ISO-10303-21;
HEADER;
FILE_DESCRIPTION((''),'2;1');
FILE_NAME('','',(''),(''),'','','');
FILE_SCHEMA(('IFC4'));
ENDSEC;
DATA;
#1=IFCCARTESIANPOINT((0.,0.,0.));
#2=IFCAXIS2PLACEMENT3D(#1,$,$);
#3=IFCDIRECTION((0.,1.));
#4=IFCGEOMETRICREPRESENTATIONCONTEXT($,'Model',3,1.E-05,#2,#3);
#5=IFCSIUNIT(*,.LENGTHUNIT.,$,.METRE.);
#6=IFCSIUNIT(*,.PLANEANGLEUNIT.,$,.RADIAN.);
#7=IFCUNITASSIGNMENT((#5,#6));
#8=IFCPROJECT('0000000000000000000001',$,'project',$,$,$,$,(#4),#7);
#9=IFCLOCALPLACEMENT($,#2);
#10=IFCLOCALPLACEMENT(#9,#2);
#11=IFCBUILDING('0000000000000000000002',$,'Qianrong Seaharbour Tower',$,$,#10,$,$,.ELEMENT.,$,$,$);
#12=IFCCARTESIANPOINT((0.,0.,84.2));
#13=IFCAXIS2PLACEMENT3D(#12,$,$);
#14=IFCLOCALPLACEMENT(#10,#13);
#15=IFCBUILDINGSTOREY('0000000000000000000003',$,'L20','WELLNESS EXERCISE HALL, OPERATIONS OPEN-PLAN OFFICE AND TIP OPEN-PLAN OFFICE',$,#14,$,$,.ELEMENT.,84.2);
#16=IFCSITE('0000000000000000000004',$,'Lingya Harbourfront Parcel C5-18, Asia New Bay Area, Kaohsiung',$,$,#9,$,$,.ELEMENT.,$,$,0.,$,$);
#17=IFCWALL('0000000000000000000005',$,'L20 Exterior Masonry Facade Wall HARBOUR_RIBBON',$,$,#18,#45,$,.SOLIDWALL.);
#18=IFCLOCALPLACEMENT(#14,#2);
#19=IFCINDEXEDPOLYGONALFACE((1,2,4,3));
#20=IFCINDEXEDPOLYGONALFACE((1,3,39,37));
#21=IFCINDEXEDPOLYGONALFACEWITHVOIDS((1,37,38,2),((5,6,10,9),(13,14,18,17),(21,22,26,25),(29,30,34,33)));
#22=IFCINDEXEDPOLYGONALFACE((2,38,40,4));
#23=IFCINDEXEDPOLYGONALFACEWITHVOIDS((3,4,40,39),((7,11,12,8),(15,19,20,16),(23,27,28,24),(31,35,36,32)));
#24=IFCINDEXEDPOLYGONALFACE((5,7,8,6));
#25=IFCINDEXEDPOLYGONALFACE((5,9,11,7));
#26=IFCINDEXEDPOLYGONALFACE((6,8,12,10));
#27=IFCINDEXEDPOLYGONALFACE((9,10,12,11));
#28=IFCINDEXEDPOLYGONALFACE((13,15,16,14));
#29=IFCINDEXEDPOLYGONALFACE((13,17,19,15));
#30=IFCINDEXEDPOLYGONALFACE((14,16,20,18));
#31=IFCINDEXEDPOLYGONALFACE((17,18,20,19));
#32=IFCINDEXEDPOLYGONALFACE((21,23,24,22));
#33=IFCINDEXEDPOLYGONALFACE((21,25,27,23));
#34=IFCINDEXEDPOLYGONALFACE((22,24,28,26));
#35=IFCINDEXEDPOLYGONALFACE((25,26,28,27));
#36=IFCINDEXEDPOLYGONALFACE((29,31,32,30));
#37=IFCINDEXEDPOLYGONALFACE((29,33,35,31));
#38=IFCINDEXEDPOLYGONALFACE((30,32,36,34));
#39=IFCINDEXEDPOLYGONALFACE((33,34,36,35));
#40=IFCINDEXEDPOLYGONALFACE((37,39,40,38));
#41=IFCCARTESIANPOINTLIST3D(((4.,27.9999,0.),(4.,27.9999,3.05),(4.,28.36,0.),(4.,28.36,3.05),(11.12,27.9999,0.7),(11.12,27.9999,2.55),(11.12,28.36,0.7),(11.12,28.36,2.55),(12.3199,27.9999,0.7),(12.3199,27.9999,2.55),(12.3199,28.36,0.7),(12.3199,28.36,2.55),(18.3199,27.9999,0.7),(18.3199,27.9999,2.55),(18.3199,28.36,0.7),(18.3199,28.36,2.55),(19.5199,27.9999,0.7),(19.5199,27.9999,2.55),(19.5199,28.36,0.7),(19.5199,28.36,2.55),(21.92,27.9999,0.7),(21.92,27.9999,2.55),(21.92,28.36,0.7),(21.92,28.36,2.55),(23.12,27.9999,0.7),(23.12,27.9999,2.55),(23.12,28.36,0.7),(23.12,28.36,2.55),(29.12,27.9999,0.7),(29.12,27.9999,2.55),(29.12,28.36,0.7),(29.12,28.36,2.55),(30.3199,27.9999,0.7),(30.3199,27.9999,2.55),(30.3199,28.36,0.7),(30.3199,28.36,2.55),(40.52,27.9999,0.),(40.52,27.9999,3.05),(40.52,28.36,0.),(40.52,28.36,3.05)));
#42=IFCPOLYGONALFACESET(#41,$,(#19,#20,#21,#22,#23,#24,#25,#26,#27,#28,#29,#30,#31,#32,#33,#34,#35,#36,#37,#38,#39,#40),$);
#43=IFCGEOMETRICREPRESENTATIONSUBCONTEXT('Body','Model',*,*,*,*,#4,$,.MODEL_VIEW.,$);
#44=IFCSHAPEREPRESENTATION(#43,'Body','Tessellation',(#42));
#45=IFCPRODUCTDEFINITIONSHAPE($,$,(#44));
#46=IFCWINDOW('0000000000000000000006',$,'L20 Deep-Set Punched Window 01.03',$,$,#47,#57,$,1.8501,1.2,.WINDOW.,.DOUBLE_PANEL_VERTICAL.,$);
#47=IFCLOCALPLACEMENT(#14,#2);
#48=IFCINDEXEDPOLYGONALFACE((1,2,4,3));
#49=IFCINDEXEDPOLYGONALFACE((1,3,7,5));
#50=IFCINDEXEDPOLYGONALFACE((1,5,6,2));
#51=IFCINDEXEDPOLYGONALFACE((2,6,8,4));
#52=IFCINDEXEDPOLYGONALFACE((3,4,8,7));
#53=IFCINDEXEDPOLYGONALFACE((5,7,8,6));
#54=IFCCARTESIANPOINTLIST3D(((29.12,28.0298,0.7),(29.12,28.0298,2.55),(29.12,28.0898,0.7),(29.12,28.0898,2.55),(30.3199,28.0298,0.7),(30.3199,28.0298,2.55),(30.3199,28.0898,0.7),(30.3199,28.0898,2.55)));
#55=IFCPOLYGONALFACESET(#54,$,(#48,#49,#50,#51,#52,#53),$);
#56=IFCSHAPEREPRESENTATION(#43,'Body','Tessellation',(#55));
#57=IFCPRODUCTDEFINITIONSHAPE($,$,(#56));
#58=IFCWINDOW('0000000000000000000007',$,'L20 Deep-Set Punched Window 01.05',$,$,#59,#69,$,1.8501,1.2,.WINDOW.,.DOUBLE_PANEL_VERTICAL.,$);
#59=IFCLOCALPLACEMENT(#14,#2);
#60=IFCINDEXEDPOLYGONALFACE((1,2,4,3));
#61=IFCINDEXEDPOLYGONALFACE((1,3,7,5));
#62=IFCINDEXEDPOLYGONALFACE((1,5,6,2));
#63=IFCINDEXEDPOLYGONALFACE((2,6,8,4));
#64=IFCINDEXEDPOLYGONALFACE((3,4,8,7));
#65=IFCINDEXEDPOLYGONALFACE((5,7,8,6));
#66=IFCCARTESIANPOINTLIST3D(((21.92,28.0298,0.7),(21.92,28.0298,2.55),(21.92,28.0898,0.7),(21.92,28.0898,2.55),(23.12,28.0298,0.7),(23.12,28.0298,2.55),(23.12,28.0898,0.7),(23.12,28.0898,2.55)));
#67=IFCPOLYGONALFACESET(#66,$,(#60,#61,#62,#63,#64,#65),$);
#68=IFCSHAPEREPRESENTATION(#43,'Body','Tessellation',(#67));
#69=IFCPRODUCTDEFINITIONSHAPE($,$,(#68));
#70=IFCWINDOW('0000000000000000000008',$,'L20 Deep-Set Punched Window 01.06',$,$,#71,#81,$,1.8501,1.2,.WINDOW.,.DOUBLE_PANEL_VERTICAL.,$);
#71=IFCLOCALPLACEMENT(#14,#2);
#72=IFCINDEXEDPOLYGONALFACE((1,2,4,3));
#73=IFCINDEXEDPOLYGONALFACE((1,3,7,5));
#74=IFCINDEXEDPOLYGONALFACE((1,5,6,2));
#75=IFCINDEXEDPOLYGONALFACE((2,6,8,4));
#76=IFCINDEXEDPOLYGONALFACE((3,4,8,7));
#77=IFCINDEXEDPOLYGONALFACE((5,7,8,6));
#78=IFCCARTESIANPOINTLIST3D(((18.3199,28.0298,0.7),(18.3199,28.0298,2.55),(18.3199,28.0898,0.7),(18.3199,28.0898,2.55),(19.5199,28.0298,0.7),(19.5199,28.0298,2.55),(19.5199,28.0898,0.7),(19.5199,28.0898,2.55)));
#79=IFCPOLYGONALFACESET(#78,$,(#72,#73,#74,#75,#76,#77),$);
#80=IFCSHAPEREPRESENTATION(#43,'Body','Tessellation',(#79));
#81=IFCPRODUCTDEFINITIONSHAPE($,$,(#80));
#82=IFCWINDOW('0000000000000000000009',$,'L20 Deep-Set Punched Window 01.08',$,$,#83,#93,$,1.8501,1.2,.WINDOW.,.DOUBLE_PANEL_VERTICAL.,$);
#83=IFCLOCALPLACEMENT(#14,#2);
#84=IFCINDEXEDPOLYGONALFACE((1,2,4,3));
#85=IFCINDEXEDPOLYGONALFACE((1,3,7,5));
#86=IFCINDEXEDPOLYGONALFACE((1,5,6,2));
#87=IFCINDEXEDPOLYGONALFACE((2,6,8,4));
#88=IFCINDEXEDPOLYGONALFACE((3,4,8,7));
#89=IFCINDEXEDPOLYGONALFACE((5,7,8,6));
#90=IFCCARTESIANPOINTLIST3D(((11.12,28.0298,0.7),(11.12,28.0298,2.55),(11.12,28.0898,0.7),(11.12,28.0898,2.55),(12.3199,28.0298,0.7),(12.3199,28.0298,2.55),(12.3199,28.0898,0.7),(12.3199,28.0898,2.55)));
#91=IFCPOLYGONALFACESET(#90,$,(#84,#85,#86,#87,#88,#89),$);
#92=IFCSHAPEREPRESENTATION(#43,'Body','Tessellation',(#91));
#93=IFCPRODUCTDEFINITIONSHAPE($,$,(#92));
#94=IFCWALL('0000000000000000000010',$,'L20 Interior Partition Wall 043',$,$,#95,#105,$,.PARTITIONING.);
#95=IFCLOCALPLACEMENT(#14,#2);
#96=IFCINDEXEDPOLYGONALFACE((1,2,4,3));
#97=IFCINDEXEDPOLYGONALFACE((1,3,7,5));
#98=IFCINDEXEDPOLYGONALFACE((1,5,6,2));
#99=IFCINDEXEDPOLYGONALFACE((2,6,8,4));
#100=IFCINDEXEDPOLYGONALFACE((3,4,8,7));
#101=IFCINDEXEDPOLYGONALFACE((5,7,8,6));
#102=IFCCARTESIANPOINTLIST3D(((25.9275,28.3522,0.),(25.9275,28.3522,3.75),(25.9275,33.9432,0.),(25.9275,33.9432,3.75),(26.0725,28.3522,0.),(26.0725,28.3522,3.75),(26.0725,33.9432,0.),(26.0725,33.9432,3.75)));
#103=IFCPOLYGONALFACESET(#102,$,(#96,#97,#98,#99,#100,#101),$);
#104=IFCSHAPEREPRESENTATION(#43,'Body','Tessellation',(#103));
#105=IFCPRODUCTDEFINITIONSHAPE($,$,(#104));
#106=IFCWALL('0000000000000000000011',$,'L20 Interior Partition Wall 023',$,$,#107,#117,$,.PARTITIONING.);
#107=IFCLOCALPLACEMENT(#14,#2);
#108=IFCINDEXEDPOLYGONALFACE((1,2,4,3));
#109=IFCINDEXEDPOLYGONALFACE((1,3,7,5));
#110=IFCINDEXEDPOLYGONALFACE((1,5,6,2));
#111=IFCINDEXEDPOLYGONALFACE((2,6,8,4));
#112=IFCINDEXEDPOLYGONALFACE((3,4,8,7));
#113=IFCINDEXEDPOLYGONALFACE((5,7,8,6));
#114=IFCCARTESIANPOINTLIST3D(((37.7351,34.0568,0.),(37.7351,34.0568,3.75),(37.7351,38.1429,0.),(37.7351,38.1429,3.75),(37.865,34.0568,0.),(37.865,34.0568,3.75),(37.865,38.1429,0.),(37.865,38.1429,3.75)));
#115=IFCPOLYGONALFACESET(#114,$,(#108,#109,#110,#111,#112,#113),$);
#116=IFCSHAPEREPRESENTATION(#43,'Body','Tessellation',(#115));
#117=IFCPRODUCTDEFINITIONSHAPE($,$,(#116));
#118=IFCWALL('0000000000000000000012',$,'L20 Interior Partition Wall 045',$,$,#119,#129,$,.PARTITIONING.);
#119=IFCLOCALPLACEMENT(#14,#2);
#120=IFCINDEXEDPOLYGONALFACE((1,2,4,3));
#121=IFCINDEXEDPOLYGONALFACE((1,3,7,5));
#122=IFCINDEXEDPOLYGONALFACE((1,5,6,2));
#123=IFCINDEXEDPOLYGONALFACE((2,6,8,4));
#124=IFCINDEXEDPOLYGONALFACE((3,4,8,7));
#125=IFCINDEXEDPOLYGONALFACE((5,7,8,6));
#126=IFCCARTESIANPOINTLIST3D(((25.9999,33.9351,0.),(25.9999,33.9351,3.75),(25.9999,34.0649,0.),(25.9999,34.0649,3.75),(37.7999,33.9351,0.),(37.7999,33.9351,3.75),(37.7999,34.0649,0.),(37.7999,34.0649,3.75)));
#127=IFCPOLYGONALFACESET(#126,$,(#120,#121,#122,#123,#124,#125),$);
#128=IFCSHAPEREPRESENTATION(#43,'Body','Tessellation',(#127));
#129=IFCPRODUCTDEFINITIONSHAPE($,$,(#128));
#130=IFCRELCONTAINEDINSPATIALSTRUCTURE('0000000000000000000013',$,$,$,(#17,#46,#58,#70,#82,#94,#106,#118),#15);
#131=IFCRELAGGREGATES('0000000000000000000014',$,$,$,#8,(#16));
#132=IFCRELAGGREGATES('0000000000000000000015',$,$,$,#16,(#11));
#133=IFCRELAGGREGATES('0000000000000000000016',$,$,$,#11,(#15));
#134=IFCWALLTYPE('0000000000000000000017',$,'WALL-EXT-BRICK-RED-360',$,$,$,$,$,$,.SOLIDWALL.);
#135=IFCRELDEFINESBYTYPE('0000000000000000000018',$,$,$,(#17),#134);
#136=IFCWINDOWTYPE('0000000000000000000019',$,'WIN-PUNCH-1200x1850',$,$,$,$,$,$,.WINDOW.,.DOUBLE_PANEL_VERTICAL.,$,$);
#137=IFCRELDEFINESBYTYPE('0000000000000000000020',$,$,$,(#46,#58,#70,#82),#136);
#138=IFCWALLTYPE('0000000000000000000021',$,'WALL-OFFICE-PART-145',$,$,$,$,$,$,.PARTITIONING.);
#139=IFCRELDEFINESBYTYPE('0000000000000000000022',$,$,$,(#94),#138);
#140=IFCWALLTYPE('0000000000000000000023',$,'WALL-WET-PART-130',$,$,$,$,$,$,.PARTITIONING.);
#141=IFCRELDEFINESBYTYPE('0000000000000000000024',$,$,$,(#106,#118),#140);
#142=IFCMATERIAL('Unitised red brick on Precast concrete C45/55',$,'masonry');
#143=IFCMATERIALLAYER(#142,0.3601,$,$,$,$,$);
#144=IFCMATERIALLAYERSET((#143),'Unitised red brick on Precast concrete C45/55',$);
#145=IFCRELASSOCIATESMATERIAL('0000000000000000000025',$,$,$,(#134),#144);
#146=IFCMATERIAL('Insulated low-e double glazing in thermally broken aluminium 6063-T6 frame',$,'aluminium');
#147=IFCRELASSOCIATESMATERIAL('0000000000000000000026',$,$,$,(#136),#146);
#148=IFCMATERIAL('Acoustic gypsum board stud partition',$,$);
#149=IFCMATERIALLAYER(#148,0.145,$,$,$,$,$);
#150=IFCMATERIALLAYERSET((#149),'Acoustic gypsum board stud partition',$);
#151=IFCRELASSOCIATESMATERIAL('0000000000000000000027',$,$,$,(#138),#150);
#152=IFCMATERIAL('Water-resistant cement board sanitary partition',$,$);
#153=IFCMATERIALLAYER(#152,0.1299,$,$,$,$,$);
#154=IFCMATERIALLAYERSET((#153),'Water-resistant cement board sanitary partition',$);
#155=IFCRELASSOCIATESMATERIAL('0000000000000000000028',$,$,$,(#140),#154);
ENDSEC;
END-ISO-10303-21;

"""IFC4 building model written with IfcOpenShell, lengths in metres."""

from ifc_helpers import new_model, si_unit, direction, frame, frame_2d, origin, place, context, subcontext, project, spatial, rectangle, extrude, material, layer, layer_set, type_object, element, fill, save


model = new_model("IFC4")

# Units and contexts
model_context = context("Model", 3, precision=1e-05, world=origin(), true_north=direction((0.0, 1.0)))
body_context = subcontext(model_context, "Body", "Model", "MODEL_VIEW")
ifc_project = project(units=[si_unit("LENGTHUNIT", "METRE"), si_unit("PLANEANGLEUNIT", "RADIAN")], contexts=[model_context])

# Site, building, storey
site_placement = place(None, origin())
site = spatial("IfcSite", under=ifc_project, at=site_placement, Name="Lingya Harbourfront Parcel C5-18, Asia New Bay Area, Kaohsiung", CompositionType="ELEMENT", RefElevation=0.0)
building_placement = place(site_placement, origin())
building = spatial("IfcBuilding", under=site, at=building_placement, Name="Qianrong Seaharbour Tower", CompositionType="ELEMENT")
storey_placement = place(building_placement, frame((0.0, 0.0, 84.2)))
storey = spatial("IfcBuildingStorey", under=building, at=storey_placement, Name="L20", Description="WELLNESS EXERCISE HALL, OPERATIONS OPEN-PLAN OFFICE AND TIP OPEN-PLAN OFFICE", CompositionType="ELEMENT", Elevation=84.2)

# Wall, openings, windows
ifc_material_1 = material(Name="Unitised red brick on Precast concrete C45/55", Category="masonry")
ifc_layer_1 = layer(ifc_material_1, 0.3601)
ifc_layer_set_1 = layer_set([ifc_layer_1], Name="Unitised red brick on Precast concrete C45/55")
wall_type_1 = type_object("IfcWallType", Name="WALL-EXT-BRICK-RED-360", PredefinedType="SOLIDWALL", material=ifc_layer_set_1)
wall_1_placement = place(storey_placement, frame((40.52, 28.1799, 0.0), z_axis=(0.0, 0.0, 1.0), x_axis=(-1.0, 0.0, 0.0)))
wall_1 = element("IfcWall", 1, at=wall_1_placement, inside=storey, type_object=wall_type_1, Name="L20 Exterior Masonry Facade Wall HARBOUR_RIBBON", PredefinedType="SOLIDWALL", context=body_context, shape_type="SweptSolid", body=[
    extrude(rectangle(XDim=36.52, YDim=0.3601, at=frame_2d((18.26, 0.0))), origin(), (0.0, 0.0, 1.0), 3.05),
])
opening_1_placement = place(wall_1_placement, frame((10.2, 0.0, 0.7)))
opening_1 = element("IfcOpeningElement", 2, at=opening_1_placement, cuts=wall_1, PredefinedType="OPENING", context=body_context, shape_type="SweptSolid", body=[
    extrude(rectangle(XDim=1.2, YDim=1.8501, at=frame_2d((0.6001, 0.925))), frame((0.0, 0.1899, 0.0), z_axis=(0.0, -1.0, 0.0), x_axis=(1.0, 0.0, 0.0)), (0.0, 0.0, 1.0), 0.3801),
])
opening_2_placement = place(wall_1_placement, frame((17.3999, 0.0, 0.7)))
opening_2 = element("IfcOpeningElement", 3, at=opening_2_placement, cuts=wall_1, PredefinedType="OPENING", context=body_context, shape_type="SweptSolid", body=[
    extrude(rectangle(XDim=1.2, YDim=1.8501, at=frame_2d((0.6001, 0.925))), frame((0.0, 0.1899, 0.0), z_axis=(0.0, -1.0, 0.0), x_axis=(1.0, 0.0, 0.0)), (0.0, 0.0, 1.0), 0.3801),
])
opening_3_placement = place(wall_1_placement, frame((21.0, 0.0, 0.7)))
opening_3 = element("IfcOpeningElement", 4, at=opening_3_placement, cuts=wall_1, PredefinedType="OPENING", context=body_context, shape_type="SweptSolid", body=[
    extrude(rectangle(XDim=1.2, YDim=1.8501, at=frame_2d((0.6001, 0.925))), frame((0.0, 0.1899, 0.0), z_axis=(0.0, -1.0, 0.0), x_axis=(1.0, 0.0, 0.0)), (0.0, 0.0, 1.0), 0.3801),
])
opening_4_placement = place(wall_1_placement, frame((28.2, 0.0, 0.7)))
opening_4 = element("IfcOpeningElement", 5, at=opening_4_placement, cuts=wall_1, PredefinedType="OPENING", context=body_context, shape_type="SweptSolid", body=[
    extrude(rectangle(XDim=1.2, YDim=1.8501, at=frame_2d((0.6001, 0.925))), frame((0.0, 0.1899, 0.0), z_axis=(0.0, -1.0, 0.0), x_axis=(1.0, 0.0, 0.0)), (0.0, 0.0, 1.0), 0.3801),
])
ifc_material_2 = material(Name="Insulated low-e double glazing in thermally broken aluminium 6063-T6 frame", Category="aluminium")
window_type = type_object("IfcWindowType", Name="WIN-PUNCH-1200x1850", PartitioningType="DOUBLE_PANEL_VERTICAL", PredefinedType="WINDOW", material=ifc_material_2)
window_1_placement = place(opening_1_placement, origin())
window_1 = element("IfcWindow", 6, at=window_1_placement, inside=storey, type_object=window_type, Name="L20 Deep-Set Punched Window 01.03", OverallHeight=1.8501, OverallWidth=1.2, PartitioningType="DOUBLE_PANEL_VERTICAL", PredefinedType="WINDOW", context=body_context, shape_type="SweptSolid", body=[
    extrude(rectangle(XDim=1.2, YDim=1.8501, at=frame_2d((0.6001, 0.925))), frame((0.0, 0.1501, 0.0), z_axis=(0.0, -1.0, 0.0), x_axis=(1.0, 0.0, 0.0)), (0.0, 0.0, 1.0), 0.0601),
])
fill(opening_1, window_1)
window_2_placement = place(opening_2_placement, origin())
window_2 = element("IfcWindow", 7, at=window_2_placement, inside=storey, type_object=window_type, Name="L20 Deep-Set Punched Window 01.05", OverallHeight=1.8501, OverallWidth=1.2, PartitioningType="DOUBLE_PANEL_VERTICAL", PredefinedType="WINDOW", context=body_context, shape_type="SweptSolid", body=[
    extrude(rectangle(XDim=1.2, YDim=1.8501, at=frame_2d((0.6001, 0.925))), frame((0.0, 0.1501, 0.0), z_axis=(0.0, -1.0, 0.0), x_axis=(1.0, 0.0, 0.0)), (0.0, 0.0, 1.0), 0.0601),
])
fill(opening_2, window_2)
window_3_placement = place(opening_3_placement, origin())
window_3 = element("IfcWindow", 8, at=window_3_placement, inside=storey, type_object=window_type, Name="L20 Deep-Set Punched Window 01.06", OverallHeight=1.8501, OverallWidth=1.2, PartitioningType="DOUBLE_PANEL_VERTICAL", PredefinedType="WINDOW", context=body_context, shape_type="SweptSolid", body=[
    extrude(rectangle(XDim=1.2, YDim=1.8501, at=frame_2d((0.6001, 0.925))), frame((0.0, 0.1501, 0.0), z_axis=(0.0, -1.0, 0.0), x_axis=(1.0, 0.0, 0.0)), (0.0, 0.0, 1.0), 0.0601),
])
fill(opening_3, window_3)
window_4_placement = place(opening_4_placement, origin())
window_4 = element("IfcWindow", 9, at=window_4_placement, inside=storey, type_object=window_type, Name="L20 Deep-Set Punched Window 01.08", OverallHeight=1.8501, OverallWidth=1.2, PartitioningType="DOUBLE_PANEL_VERTICAL", PredefinedType="WINDOW", context=body_context, shape_type="SweptSolid", body=[
    extrude(rectangle(XDim=1.2, YDim=1.8501, at=frame_2d((0.6001, 0.925))), frame((0.0, 0.1501, 0.0), z_axis=(0.0, -1.0, 0.0), x_axis=(1.0, 0.0, 0.0)), (0.0, 0.0, 1.0), 0.0601),
])
fill(opening_4, window_4)

# Walls
ifc_material_3 = material(Name="Acoustic gypsum board stud partition")
ifc_layer_2 = layer(ifc_material_3, 0.145)
ifc_layer_set_2 = layer_set([ifc_layer_2], Name="Acoustic gypsum board stud partition")
wall_type_2 = type_object("IfcWallType", Name="WALL-OFFICE-PART-145", PredefinedType="PARTITIONING", material=ifc_layer_set_2)
wall_2_placement = place(storey_placement, frame((26.0, 33.9431, 0.0), z_axis=(0.0, 0.0, 1.0), x_axis=(0.0, -1.0, 0.0)))
element("IfcWall", 10, at=wall_2_placement, inside=storey, type_object=wall_type_2, Name="L20 Interior Partition Wall 043", PredefinedType="PARTITIONING", context=body_context, shape_type="SweptSolid", body=[
    extrude(rectangle(XDim=5.5911, YDim=0.145, at=frame_2d((2.7954, 0.0))), origin(), (0.0, 0.0, 1.0), 3.75),
])
ifc_material_4 = material(Name="Water-resistant cement board sanitary partition")
ifc_layer_3 = layer(ifc_material_4, 0.1299)
ifc_layer_set_3 = layer_set([ifc_layer_3], Name="Water-resistant cement board sanitary partition")
wall_type_3 = type_object("IfcWallType", Name="WALL-WET-PART-130", PredefinedType="PARTITIONING", material=ifc_layer_set_3)
wall_3_placement = place(storey_placement, frame((37.8, 34.0569, 0.0), z_axis=(0.0, 0.0, 1.0), x_axis=(0.0, 1.0, 0.0)))
element("IfcWall", 11, at=wall_3_placement, inside=storey, type_object=wall_type_3, Name="L20 Interior Partition Wall 023", PredefinedType="PARTITIONING", context=body_context, shape_type="SweptSolid", body=[
    extrude(rectangle(XDim=4.0862, YDim=0.1299, at=frame_2d((2.043, 0.0))), origin(), (0.0, 0.0, 1.0), 3.75),
])
wall_4_placement = place(storey_placement, frame((26.0, 34.0, 0.0), z_axis=(0.0, 0.0, 1.0), x_axis=(1.0, 0.0, 0.0)))
element("IfcWall", 12, at=wall_4_placement, inside=storey, type_object=wall_type_3, Name="L20 Interior Partition Wall 045", PredefinedType="PARTITIONING", context=body_context, shape_type="SweptSolid", body=[
    extrude(rectangle(XDim=11.8, YDim=0.1299, at=frame_2d((5.8999, 0.0))), origin(), (0.0, 0.0, 1.0), 3.75),
])

save(model, "model.ifc")
